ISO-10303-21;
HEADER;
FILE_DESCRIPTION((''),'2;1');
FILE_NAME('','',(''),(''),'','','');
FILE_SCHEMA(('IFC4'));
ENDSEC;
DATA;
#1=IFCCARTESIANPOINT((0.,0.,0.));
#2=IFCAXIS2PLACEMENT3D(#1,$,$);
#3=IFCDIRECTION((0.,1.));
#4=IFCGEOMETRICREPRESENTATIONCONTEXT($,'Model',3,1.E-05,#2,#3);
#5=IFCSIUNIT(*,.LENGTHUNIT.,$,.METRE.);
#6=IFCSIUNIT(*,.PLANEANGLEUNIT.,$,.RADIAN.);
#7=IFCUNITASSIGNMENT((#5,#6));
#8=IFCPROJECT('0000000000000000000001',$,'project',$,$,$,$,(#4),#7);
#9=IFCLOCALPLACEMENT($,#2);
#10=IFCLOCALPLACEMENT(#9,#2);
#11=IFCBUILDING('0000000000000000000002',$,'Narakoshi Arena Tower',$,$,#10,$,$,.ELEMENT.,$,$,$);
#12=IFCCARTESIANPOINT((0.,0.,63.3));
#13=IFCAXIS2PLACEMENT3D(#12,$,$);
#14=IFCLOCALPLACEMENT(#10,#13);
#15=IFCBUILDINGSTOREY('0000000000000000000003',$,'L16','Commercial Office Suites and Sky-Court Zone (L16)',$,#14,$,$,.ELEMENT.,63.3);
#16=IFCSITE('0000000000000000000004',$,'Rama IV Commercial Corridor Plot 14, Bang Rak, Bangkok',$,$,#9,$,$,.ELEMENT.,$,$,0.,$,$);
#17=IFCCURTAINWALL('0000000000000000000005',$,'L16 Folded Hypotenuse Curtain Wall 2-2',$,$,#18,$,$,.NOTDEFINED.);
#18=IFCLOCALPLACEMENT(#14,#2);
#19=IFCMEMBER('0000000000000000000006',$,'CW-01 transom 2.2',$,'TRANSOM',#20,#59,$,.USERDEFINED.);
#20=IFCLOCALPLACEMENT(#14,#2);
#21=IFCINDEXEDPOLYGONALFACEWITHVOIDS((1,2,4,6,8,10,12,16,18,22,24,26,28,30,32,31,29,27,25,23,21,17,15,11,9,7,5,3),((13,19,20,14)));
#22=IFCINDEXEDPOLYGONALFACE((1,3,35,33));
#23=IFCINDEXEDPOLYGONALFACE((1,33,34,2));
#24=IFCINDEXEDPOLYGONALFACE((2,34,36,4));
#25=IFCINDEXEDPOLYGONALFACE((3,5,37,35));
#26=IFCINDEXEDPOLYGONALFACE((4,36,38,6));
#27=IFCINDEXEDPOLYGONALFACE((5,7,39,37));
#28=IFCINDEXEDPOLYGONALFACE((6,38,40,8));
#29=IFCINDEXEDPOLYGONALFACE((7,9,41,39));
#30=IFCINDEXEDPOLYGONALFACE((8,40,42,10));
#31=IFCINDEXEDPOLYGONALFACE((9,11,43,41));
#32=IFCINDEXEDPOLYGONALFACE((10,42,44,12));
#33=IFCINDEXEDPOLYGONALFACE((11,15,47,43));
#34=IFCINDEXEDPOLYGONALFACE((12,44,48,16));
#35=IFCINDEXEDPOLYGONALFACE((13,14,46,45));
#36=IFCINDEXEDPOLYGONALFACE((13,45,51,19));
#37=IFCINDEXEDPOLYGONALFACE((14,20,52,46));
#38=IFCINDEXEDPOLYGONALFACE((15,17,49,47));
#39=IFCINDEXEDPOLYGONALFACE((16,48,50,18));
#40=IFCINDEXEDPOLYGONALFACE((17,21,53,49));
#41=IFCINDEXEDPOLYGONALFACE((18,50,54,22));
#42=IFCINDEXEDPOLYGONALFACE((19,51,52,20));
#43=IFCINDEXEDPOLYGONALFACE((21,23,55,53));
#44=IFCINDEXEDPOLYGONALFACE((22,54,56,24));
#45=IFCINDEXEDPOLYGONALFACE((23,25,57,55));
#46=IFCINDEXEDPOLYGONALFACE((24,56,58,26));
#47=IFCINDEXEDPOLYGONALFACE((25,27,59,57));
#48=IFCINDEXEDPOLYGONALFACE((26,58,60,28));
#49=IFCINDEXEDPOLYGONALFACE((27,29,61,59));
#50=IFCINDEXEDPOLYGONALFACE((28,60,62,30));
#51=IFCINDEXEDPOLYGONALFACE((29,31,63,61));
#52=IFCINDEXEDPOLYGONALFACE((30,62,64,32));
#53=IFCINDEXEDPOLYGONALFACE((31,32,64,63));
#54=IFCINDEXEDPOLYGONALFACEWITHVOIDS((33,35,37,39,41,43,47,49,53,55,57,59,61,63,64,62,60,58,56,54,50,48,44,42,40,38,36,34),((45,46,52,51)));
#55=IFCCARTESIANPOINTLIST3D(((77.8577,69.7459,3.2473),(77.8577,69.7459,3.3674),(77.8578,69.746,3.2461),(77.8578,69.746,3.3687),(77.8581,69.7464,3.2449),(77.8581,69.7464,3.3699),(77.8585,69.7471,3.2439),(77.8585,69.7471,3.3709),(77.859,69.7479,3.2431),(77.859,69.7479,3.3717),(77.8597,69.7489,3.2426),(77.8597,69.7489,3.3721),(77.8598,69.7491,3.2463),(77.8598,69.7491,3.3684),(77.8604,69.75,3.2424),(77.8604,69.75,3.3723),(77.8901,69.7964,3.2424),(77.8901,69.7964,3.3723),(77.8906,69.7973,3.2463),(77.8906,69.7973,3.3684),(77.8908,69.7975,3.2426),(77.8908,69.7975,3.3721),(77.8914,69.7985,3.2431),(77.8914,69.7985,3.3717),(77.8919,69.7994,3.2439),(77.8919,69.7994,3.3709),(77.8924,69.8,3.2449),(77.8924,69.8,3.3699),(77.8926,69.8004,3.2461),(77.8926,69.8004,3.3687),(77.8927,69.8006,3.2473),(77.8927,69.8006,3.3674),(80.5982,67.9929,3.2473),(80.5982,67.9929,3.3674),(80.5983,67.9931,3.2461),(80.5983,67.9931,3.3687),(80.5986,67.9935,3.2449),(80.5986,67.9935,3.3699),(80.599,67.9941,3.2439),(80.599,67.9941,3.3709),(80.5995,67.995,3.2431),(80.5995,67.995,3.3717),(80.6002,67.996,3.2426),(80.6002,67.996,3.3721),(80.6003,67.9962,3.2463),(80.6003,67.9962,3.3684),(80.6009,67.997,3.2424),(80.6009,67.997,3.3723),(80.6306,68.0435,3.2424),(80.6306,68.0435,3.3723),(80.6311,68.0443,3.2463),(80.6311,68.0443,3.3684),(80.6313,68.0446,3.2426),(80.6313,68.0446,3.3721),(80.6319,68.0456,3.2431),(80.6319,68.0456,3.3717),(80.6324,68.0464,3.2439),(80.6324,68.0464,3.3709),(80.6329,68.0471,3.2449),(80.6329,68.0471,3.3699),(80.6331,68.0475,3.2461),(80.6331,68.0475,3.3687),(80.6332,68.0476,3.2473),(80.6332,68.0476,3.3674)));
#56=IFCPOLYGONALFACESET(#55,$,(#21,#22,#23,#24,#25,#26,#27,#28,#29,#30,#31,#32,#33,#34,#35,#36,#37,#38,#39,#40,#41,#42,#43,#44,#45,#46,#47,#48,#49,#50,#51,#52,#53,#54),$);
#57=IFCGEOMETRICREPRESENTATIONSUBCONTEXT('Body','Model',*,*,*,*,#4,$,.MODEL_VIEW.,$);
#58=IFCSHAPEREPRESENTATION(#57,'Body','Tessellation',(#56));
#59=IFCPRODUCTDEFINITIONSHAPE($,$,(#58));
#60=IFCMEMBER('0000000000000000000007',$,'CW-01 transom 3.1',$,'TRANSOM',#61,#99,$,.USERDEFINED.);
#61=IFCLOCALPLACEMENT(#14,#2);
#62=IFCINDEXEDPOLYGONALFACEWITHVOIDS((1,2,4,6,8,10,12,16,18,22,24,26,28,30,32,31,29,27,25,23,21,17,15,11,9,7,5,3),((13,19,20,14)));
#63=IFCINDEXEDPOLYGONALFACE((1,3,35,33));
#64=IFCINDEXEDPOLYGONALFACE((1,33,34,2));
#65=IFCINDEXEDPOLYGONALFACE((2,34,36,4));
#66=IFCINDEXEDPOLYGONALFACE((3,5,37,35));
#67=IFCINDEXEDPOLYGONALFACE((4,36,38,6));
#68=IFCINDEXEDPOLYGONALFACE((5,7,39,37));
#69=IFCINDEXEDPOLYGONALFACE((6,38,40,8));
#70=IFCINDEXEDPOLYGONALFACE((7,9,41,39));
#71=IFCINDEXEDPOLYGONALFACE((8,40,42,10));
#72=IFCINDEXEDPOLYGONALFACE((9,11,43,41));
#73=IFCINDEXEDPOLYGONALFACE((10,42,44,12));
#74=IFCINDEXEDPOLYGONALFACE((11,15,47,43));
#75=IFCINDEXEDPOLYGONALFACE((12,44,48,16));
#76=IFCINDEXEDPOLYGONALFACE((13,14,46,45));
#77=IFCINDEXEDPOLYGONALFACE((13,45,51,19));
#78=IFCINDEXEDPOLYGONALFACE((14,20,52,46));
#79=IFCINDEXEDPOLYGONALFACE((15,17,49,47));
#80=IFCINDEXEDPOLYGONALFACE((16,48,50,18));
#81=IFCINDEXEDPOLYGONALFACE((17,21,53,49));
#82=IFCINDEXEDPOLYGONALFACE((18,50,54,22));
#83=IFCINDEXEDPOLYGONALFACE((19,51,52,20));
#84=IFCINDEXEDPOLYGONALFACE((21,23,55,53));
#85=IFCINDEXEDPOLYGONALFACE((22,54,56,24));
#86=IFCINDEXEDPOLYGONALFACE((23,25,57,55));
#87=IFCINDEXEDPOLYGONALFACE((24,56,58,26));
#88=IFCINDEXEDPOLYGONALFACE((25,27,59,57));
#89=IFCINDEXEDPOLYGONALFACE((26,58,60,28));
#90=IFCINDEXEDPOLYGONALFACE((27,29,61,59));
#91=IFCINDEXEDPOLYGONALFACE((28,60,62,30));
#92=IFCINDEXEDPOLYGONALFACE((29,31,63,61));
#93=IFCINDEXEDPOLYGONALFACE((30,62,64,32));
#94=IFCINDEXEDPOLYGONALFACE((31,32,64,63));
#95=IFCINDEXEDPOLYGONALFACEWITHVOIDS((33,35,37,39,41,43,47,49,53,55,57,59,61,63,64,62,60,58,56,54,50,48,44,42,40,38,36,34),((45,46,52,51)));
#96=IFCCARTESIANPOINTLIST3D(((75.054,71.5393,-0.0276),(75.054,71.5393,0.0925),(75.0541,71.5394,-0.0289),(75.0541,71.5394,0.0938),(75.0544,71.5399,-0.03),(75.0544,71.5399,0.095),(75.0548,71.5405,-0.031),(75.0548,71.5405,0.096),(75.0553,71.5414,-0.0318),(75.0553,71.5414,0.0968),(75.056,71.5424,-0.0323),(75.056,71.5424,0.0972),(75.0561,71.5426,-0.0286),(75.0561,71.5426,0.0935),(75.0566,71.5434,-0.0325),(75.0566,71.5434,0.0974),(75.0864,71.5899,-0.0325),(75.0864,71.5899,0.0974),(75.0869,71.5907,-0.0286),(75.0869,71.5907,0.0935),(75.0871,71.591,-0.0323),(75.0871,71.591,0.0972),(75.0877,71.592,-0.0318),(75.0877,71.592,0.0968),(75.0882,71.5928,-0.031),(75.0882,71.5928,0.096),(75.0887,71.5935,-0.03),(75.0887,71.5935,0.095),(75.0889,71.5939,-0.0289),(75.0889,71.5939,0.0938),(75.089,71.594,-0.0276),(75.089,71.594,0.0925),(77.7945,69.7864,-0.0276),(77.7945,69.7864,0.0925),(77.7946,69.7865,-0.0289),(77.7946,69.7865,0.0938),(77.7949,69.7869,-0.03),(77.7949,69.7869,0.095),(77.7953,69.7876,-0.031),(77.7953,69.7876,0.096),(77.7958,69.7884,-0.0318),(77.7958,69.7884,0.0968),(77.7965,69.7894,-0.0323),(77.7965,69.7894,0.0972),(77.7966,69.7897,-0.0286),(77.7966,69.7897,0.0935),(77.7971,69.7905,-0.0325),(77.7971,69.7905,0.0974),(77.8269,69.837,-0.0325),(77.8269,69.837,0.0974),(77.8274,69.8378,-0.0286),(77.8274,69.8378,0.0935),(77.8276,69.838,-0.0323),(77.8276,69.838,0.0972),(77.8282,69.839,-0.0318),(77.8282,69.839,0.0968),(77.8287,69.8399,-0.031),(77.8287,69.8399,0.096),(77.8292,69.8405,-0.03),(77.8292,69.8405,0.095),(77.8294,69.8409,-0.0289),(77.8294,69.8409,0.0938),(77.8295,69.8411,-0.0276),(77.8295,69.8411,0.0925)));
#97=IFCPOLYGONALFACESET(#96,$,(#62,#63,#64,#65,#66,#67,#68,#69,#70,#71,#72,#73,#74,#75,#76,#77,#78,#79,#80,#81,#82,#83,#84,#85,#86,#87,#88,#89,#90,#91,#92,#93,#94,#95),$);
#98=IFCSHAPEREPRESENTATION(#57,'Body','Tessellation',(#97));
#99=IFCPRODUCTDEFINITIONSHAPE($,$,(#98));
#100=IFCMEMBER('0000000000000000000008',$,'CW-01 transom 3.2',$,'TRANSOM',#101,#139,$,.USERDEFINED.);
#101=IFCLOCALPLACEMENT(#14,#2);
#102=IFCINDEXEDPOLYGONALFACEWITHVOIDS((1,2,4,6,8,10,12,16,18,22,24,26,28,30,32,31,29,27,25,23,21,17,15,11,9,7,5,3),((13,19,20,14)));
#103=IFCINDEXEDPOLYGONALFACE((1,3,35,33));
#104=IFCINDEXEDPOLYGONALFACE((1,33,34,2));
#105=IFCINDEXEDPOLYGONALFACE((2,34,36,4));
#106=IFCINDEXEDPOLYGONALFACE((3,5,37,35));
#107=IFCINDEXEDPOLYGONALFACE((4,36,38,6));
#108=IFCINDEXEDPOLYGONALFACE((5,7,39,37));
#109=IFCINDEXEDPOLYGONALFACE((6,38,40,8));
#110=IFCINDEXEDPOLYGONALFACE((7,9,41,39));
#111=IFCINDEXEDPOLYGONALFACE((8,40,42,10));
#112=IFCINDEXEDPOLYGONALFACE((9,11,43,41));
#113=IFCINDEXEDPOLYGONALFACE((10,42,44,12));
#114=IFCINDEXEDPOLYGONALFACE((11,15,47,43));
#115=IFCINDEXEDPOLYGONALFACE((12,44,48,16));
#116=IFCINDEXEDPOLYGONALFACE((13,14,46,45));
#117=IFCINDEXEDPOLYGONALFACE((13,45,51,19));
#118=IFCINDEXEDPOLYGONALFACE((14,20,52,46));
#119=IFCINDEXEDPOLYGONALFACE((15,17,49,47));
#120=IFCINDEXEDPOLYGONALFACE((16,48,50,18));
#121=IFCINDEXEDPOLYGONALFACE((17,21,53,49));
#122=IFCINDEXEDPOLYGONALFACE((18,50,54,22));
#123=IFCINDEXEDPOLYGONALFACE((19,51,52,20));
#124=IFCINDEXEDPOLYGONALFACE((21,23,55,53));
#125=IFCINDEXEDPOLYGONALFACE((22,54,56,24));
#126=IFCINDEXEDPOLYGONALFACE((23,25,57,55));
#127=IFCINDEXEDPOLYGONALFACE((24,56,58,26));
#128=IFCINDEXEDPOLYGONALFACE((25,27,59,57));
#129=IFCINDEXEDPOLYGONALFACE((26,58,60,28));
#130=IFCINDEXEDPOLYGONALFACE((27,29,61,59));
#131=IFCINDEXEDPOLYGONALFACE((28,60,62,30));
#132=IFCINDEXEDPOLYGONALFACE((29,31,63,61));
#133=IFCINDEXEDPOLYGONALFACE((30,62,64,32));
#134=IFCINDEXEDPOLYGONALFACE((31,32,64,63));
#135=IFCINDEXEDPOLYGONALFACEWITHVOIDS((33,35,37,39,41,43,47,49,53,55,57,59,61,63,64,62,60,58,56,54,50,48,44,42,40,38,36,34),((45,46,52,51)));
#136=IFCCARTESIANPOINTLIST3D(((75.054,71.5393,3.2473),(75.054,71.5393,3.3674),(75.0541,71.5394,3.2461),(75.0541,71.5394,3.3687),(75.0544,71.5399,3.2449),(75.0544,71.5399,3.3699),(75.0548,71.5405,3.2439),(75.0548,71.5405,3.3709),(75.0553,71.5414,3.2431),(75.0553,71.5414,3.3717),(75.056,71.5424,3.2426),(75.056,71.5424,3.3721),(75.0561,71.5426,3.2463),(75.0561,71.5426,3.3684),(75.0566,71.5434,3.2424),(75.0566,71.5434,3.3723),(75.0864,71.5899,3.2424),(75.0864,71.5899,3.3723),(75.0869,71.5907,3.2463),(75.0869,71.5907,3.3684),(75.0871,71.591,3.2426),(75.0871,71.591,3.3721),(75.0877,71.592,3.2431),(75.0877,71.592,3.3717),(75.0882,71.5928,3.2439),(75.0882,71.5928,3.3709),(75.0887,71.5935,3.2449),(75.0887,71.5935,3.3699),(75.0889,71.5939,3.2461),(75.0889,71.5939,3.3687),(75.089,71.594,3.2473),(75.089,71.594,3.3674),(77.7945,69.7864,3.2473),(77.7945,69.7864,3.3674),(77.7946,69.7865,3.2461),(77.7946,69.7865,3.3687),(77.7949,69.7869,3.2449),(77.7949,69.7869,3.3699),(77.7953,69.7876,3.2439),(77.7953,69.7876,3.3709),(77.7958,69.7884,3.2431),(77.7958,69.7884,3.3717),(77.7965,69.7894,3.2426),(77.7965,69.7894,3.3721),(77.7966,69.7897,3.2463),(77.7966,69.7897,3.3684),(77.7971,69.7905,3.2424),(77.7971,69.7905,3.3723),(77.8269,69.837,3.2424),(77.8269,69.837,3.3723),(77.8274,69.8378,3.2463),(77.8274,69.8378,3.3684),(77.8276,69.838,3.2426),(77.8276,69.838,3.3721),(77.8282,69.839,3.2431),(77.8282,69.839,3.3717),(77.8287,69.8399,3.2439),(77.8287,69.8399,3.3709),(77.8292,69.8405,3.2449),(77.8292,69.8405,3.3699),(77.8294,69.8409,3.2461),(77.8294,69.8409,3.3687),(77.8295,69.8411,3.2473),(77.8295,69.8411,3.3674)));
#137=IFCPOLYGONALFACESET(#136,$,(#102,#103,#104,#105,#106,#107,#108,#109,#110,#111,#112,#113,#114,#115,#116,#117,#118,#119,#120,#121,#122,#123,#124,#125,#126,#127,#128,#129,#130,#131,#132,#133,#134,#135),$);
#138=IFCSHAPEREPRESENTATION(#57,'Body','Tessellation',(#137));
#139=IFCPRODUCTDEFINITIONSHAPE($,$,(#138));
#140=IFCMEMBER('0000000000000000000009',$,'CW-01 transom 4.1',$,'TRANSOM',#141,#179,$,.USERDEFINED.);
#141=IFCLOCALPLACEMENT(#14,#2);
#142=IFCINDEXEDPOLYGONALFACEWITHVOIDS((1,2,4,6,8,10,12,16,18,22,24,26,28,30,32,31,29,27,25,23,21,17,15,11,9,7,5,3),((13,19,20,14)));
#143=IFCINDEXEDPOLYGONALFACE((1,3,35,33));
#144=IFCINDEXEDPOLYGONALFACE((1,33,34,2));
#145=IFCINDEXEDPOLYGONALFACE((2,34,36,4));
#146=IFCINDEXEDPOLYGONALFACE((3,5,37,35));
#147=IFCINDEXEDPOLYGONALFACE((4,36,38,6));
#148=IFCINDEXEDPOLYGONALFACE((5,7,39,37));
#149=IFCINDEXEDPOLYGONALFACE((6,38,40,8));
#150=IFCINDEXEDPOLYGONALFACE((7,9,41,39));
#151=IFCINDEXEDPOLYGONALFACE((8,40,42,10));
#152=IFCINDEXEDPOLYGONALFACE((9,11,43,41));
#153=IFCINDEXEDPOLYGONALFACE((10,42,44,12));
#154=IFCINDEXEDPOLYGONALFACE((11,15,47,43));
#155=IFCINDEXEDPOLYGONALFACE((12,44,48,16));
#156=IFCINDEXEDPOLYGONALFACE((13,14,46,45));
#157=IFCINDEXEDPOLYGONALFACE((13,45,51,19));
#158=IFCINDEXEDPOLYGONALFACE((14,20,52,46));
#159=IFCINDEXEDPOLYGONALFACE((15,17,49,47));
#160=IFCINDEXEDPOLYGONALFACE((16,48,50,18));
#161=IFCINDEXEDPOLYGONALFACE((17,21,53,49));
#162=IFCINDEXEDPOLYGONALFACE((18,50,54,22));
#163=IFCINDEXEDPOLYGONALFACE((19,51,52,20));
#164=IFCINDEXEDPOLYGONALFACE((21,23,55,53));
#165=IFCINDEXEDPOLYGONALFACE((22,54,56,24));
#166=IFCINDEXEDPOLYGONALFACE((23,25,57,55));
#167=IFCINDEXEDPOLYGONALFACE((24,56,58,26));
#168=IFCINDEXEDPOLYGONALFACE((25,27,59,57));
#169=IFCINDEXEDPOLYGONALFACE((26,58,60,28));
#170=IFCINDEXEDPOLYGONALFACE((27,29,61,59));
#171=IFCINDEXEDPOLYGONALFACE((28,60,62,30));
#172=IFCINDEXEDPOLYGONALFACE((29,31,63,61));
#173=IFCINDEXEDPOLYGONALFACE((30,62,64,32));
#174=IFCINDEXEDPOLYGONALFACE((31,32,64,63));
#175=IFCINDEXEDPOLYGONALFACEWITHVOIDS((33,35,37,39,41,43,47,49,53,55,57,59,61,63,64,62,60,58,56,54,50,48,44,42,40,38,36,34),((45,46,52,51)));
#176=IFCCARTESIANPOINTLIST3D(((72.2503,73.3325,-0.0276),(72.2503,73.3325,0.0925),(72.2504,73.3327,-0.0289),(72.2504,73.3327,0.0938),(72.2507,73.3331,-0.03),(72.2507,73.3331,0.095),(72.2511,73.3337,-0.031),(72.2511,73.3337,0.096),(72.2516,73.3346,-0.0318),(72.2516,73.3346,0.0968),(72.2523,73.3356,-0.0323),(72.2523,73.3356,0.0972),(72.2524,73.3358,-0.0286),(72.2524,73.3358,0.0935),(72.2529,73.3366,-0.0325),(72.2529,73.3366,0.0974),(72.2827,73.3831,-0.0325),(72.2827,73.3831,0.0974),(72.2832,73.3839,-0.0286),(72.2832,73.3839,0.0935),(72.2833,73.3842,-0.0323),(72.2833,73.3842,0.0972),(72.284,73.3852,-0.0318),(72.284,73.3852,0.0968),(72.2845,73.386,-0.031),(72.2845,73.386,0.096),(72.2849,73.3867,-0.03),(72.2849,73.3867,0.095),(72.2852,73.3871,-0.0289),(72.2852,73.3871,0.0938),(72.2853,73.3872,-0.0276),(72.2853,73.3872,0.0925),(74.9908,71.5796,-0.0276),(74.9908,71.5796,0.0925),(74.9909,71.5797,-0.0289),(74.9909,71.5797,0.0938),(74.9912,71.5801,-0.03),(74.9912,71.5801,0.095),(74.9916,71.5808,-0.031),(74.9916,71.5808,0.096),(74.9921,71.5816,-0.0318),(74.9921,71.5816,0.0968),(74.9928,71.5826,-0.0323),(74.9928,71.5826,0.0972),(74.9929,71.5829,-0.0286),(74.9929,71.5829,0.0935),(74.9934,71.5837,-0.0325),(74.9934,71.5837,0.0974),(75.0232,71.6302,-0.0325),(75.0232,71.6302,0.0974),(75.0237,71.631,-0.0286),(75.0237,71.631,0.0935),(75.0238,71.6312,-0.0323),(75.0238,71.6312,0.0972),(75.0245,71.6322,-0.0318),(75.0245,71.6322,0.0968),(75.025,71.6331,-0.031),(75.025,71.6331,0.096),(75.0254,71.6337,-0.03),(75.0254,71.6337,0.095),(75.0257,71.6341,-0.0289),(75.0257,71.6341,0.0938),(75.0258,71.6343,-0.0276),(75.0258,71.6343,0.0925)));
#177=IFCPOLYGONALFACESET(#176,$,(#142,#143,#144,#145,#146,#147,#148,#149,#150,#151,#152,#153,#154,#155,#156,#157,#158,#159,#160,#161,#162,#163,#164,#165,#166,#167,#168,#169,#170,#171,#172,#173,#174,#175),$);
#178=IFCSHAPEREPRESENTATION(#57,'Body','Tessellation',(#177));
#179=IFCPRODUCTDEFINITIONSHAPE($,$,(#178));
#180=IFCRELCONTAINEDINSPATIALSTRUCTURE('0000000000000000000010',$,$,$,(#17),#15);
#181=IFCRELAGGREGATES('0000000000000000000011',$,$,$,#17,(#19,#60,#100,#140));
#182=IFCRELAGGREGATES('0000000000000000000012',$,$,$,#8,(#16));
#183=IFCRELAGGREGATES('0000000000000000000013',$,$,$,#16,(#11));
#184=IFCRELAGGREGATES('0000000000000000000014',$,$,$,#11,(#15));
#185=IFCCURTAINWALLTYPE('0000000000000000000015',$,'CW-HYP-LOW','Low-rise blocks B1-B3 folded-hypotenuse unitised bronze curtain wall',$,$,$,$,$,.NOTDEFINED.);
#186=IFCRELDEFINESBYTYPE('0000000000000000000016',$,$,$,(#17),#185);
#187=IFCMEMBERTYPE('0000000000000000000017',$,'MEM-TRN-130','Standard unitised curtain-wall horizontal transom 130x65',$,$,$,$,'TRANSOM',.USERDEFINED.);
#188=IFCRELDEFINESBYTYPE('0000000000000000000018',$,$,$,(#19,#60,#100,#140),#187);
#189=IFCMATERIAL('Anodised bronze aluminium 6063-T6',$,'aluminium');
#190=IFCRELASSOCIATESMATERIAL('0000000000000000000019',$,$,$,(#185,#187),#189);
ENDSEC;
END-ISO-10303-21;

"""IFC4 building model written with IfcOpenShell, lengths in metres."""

from ifc_helpers import new_model, si_unit, direction, frame, origin, origin_2d, place, context, subcontext, project, spatial, hollow_rectangle, extrude, material, material_profile, profile_set, type_object, element, aggregate, save


model = new_model("IFC4")

# Units and contexts
model_context = context("Model", 3, precision=1e-05, world=origin(), true_north=direction((0.0, 1.0)))
body_context = subcontext(model_context, "Body", "Model", "MODEL_VIEW")
ifc_project = project(units=[si_unit("LENGTHUNIT", "METRE"), si_unit("PLANEANGLEUNIT", "RADIAN")], contexts=[model_context])

# Site, building, storey
site_placement = place(None, origin())
site = spatial("IfcSite", under=ifc_project, at=site_placement, Name="Rama IV Commercial Corridor Plot 14, Bang Rak, Bangkok", CompositionType="ELEMENT", RefElevation=0.0)
building_placement = place(site_placement, origin())
building = spatial("IfcBuilding", under=site, at=building_placement, Name="Narakoshi Arena Tower", CompositionType="ELEMENT")
storey_placement = place(building_placement, frame((0.0, 0.0, 63.3)))
storey = spatial("IfcBuildingStorey", under=building, at=storey_placement, Name="L16", Description="Commercial Office Suites and Sky-Court Zone (L16)", CompositionType="ELEMENT", Elevation=63.3)

# Curtain wall, members
ifc_material_1 = material(Name="Anodised bronze aluminium 6063-T6", Category="aluminium")
curtain_wall_type = type_object("IfcCurtainWallType", Name="CW-HYP-LOW", Description="Low-rise blocks B1-B3 folded-hypotenuse unitised bronze curtain wall", PredefinedType="NOTDEFINED", material=ifc_material_1)
curtain_wall_placement = place(storey_placement, origin())
curtain_wall = element("IfcCurtainWall", 1, at=curtain_wall_placement, inside=storey, type_object=curtain_wall_type, Name="L16 Folded Hypotenuse Curtain Wall 2-2", PredefinedType="NOTDEFINED")
ifc_material_profile_1 = material_profile(ifc_material_1, hollow_rectangle(XDim=0.0649, YDim=0.1299, WallThickness=0.0039, OuterFilletRadius=0.0049, at=origin_2d()), Name="TRN130x65x4")
ifc_profile_set_1 = profile_set([ifc_material_profile_1], Name="Anodised bronze aluminium 6063-T6")
member_type_1 = type_object("IfcMemberType", Name="MEM-TRN-130", Description="Standard unitised curtain-wall horizontal transom 130x65", ElementType="TRANSOM", PredefinedType="USERDEFINED", material=ifc_profile_set_1)
member_1_placement = place(storey_placement, frame((80.6157, 68.0203, 3.3074), z_axis=(-0.842408, 0.538841, 0.0), x_axis=(-0.538841, -0.842408, 0.0)))
member_1 = element("IfcMember", 2, at=member_1_placement, type_object=member_type_1, Name="CW-01 transom 2.2", ObjectType="TRANSOM", PredefinedType="USERDEFINED", context=body_context, shape_type="SweptSolid", body=[
    extrude(hollow_rectangle(XDim=0.0649, YDim=0.1299, WallThickness=0.0039, OuterFilletRadius=0.0049, at=origin_2d()), origin(), (0.0, 0.0, 1.0), 3.2532),
])
member_2_placement = place(storey_placement, frame((77.812, 69.8137, 0.0325), z_axis=(-0.842408, 0.538841, 0.0), x_axis=(-0.538841, -0.842408, 0.0)))
member_2 = element("IfcMember", 3, at=member_2_placement, type_object=member_type_1, Name="CW-01 transom 3.1", ObjectType="TRANSOM", PredefinedType="USERDEFINED", context=body_context, shape_type="SweptSolid", body=[
    extrude(hollow_rectangle(XDim=0.0649, YDim=0.1299, WallThickness=0.0039, OuterFilletRadius=0.0049, at=origin_2d()), origin(), (0.0, 0.0, 1.0), 3.2532),
])
member_3_placement = place(storey_placement, frame((77.812, 69.8137, 3.3074), z_axis=(-0.842408, 0.538841, 0.0), x_axis=(-0.538841, -0.842408, 0.0)))
member_3 = element("IfcMember", 4, at=member_3_placement, type_object=member_type_1, Name="CW-01 transom 3.2", ObjectType="TRANSOM", PredefinedType="USERDEFINED", context=body_context, shape_type="SweptSolid", body=[
    extrude(hollow_rectangle(XDim=0.0649, YDim=0.1299, WallThickness=0.0039, OuterFilletRadius=0.0049, at=origin_2d()), origin(), (0.0, 0.0, 1.0), 3.2532),
])
member_4_placement = place(storey_placement, frame((75.0083, 71.6069, 0.0325), z_axis=(-0.842408, 0.538841, 0.0), x_axis=(-0.538841, -0.842408, 0.0)))
member_4 = element("IfcMember", 5, at=member_4_placement, type_object=member_type_1, Name="CW-01 transom 4.1", ObjectType="TRANSOM", PredefinedType="USERDEFINED", context=body_context, shape_type="SweptSolid", body=[
    extrude(hollow_rectangle(XDim=0.0649, YDim=0.1299, WallThickness=0.0039, OuterFilletRadius=0.0049, at=origin_2d()), origin(), (0.0, 0.0, 1.0), 3.2532),
])
aggregate(curtain_wall, [member_1, member_2, member_3, member_4])

save(model, "model.ifc")
